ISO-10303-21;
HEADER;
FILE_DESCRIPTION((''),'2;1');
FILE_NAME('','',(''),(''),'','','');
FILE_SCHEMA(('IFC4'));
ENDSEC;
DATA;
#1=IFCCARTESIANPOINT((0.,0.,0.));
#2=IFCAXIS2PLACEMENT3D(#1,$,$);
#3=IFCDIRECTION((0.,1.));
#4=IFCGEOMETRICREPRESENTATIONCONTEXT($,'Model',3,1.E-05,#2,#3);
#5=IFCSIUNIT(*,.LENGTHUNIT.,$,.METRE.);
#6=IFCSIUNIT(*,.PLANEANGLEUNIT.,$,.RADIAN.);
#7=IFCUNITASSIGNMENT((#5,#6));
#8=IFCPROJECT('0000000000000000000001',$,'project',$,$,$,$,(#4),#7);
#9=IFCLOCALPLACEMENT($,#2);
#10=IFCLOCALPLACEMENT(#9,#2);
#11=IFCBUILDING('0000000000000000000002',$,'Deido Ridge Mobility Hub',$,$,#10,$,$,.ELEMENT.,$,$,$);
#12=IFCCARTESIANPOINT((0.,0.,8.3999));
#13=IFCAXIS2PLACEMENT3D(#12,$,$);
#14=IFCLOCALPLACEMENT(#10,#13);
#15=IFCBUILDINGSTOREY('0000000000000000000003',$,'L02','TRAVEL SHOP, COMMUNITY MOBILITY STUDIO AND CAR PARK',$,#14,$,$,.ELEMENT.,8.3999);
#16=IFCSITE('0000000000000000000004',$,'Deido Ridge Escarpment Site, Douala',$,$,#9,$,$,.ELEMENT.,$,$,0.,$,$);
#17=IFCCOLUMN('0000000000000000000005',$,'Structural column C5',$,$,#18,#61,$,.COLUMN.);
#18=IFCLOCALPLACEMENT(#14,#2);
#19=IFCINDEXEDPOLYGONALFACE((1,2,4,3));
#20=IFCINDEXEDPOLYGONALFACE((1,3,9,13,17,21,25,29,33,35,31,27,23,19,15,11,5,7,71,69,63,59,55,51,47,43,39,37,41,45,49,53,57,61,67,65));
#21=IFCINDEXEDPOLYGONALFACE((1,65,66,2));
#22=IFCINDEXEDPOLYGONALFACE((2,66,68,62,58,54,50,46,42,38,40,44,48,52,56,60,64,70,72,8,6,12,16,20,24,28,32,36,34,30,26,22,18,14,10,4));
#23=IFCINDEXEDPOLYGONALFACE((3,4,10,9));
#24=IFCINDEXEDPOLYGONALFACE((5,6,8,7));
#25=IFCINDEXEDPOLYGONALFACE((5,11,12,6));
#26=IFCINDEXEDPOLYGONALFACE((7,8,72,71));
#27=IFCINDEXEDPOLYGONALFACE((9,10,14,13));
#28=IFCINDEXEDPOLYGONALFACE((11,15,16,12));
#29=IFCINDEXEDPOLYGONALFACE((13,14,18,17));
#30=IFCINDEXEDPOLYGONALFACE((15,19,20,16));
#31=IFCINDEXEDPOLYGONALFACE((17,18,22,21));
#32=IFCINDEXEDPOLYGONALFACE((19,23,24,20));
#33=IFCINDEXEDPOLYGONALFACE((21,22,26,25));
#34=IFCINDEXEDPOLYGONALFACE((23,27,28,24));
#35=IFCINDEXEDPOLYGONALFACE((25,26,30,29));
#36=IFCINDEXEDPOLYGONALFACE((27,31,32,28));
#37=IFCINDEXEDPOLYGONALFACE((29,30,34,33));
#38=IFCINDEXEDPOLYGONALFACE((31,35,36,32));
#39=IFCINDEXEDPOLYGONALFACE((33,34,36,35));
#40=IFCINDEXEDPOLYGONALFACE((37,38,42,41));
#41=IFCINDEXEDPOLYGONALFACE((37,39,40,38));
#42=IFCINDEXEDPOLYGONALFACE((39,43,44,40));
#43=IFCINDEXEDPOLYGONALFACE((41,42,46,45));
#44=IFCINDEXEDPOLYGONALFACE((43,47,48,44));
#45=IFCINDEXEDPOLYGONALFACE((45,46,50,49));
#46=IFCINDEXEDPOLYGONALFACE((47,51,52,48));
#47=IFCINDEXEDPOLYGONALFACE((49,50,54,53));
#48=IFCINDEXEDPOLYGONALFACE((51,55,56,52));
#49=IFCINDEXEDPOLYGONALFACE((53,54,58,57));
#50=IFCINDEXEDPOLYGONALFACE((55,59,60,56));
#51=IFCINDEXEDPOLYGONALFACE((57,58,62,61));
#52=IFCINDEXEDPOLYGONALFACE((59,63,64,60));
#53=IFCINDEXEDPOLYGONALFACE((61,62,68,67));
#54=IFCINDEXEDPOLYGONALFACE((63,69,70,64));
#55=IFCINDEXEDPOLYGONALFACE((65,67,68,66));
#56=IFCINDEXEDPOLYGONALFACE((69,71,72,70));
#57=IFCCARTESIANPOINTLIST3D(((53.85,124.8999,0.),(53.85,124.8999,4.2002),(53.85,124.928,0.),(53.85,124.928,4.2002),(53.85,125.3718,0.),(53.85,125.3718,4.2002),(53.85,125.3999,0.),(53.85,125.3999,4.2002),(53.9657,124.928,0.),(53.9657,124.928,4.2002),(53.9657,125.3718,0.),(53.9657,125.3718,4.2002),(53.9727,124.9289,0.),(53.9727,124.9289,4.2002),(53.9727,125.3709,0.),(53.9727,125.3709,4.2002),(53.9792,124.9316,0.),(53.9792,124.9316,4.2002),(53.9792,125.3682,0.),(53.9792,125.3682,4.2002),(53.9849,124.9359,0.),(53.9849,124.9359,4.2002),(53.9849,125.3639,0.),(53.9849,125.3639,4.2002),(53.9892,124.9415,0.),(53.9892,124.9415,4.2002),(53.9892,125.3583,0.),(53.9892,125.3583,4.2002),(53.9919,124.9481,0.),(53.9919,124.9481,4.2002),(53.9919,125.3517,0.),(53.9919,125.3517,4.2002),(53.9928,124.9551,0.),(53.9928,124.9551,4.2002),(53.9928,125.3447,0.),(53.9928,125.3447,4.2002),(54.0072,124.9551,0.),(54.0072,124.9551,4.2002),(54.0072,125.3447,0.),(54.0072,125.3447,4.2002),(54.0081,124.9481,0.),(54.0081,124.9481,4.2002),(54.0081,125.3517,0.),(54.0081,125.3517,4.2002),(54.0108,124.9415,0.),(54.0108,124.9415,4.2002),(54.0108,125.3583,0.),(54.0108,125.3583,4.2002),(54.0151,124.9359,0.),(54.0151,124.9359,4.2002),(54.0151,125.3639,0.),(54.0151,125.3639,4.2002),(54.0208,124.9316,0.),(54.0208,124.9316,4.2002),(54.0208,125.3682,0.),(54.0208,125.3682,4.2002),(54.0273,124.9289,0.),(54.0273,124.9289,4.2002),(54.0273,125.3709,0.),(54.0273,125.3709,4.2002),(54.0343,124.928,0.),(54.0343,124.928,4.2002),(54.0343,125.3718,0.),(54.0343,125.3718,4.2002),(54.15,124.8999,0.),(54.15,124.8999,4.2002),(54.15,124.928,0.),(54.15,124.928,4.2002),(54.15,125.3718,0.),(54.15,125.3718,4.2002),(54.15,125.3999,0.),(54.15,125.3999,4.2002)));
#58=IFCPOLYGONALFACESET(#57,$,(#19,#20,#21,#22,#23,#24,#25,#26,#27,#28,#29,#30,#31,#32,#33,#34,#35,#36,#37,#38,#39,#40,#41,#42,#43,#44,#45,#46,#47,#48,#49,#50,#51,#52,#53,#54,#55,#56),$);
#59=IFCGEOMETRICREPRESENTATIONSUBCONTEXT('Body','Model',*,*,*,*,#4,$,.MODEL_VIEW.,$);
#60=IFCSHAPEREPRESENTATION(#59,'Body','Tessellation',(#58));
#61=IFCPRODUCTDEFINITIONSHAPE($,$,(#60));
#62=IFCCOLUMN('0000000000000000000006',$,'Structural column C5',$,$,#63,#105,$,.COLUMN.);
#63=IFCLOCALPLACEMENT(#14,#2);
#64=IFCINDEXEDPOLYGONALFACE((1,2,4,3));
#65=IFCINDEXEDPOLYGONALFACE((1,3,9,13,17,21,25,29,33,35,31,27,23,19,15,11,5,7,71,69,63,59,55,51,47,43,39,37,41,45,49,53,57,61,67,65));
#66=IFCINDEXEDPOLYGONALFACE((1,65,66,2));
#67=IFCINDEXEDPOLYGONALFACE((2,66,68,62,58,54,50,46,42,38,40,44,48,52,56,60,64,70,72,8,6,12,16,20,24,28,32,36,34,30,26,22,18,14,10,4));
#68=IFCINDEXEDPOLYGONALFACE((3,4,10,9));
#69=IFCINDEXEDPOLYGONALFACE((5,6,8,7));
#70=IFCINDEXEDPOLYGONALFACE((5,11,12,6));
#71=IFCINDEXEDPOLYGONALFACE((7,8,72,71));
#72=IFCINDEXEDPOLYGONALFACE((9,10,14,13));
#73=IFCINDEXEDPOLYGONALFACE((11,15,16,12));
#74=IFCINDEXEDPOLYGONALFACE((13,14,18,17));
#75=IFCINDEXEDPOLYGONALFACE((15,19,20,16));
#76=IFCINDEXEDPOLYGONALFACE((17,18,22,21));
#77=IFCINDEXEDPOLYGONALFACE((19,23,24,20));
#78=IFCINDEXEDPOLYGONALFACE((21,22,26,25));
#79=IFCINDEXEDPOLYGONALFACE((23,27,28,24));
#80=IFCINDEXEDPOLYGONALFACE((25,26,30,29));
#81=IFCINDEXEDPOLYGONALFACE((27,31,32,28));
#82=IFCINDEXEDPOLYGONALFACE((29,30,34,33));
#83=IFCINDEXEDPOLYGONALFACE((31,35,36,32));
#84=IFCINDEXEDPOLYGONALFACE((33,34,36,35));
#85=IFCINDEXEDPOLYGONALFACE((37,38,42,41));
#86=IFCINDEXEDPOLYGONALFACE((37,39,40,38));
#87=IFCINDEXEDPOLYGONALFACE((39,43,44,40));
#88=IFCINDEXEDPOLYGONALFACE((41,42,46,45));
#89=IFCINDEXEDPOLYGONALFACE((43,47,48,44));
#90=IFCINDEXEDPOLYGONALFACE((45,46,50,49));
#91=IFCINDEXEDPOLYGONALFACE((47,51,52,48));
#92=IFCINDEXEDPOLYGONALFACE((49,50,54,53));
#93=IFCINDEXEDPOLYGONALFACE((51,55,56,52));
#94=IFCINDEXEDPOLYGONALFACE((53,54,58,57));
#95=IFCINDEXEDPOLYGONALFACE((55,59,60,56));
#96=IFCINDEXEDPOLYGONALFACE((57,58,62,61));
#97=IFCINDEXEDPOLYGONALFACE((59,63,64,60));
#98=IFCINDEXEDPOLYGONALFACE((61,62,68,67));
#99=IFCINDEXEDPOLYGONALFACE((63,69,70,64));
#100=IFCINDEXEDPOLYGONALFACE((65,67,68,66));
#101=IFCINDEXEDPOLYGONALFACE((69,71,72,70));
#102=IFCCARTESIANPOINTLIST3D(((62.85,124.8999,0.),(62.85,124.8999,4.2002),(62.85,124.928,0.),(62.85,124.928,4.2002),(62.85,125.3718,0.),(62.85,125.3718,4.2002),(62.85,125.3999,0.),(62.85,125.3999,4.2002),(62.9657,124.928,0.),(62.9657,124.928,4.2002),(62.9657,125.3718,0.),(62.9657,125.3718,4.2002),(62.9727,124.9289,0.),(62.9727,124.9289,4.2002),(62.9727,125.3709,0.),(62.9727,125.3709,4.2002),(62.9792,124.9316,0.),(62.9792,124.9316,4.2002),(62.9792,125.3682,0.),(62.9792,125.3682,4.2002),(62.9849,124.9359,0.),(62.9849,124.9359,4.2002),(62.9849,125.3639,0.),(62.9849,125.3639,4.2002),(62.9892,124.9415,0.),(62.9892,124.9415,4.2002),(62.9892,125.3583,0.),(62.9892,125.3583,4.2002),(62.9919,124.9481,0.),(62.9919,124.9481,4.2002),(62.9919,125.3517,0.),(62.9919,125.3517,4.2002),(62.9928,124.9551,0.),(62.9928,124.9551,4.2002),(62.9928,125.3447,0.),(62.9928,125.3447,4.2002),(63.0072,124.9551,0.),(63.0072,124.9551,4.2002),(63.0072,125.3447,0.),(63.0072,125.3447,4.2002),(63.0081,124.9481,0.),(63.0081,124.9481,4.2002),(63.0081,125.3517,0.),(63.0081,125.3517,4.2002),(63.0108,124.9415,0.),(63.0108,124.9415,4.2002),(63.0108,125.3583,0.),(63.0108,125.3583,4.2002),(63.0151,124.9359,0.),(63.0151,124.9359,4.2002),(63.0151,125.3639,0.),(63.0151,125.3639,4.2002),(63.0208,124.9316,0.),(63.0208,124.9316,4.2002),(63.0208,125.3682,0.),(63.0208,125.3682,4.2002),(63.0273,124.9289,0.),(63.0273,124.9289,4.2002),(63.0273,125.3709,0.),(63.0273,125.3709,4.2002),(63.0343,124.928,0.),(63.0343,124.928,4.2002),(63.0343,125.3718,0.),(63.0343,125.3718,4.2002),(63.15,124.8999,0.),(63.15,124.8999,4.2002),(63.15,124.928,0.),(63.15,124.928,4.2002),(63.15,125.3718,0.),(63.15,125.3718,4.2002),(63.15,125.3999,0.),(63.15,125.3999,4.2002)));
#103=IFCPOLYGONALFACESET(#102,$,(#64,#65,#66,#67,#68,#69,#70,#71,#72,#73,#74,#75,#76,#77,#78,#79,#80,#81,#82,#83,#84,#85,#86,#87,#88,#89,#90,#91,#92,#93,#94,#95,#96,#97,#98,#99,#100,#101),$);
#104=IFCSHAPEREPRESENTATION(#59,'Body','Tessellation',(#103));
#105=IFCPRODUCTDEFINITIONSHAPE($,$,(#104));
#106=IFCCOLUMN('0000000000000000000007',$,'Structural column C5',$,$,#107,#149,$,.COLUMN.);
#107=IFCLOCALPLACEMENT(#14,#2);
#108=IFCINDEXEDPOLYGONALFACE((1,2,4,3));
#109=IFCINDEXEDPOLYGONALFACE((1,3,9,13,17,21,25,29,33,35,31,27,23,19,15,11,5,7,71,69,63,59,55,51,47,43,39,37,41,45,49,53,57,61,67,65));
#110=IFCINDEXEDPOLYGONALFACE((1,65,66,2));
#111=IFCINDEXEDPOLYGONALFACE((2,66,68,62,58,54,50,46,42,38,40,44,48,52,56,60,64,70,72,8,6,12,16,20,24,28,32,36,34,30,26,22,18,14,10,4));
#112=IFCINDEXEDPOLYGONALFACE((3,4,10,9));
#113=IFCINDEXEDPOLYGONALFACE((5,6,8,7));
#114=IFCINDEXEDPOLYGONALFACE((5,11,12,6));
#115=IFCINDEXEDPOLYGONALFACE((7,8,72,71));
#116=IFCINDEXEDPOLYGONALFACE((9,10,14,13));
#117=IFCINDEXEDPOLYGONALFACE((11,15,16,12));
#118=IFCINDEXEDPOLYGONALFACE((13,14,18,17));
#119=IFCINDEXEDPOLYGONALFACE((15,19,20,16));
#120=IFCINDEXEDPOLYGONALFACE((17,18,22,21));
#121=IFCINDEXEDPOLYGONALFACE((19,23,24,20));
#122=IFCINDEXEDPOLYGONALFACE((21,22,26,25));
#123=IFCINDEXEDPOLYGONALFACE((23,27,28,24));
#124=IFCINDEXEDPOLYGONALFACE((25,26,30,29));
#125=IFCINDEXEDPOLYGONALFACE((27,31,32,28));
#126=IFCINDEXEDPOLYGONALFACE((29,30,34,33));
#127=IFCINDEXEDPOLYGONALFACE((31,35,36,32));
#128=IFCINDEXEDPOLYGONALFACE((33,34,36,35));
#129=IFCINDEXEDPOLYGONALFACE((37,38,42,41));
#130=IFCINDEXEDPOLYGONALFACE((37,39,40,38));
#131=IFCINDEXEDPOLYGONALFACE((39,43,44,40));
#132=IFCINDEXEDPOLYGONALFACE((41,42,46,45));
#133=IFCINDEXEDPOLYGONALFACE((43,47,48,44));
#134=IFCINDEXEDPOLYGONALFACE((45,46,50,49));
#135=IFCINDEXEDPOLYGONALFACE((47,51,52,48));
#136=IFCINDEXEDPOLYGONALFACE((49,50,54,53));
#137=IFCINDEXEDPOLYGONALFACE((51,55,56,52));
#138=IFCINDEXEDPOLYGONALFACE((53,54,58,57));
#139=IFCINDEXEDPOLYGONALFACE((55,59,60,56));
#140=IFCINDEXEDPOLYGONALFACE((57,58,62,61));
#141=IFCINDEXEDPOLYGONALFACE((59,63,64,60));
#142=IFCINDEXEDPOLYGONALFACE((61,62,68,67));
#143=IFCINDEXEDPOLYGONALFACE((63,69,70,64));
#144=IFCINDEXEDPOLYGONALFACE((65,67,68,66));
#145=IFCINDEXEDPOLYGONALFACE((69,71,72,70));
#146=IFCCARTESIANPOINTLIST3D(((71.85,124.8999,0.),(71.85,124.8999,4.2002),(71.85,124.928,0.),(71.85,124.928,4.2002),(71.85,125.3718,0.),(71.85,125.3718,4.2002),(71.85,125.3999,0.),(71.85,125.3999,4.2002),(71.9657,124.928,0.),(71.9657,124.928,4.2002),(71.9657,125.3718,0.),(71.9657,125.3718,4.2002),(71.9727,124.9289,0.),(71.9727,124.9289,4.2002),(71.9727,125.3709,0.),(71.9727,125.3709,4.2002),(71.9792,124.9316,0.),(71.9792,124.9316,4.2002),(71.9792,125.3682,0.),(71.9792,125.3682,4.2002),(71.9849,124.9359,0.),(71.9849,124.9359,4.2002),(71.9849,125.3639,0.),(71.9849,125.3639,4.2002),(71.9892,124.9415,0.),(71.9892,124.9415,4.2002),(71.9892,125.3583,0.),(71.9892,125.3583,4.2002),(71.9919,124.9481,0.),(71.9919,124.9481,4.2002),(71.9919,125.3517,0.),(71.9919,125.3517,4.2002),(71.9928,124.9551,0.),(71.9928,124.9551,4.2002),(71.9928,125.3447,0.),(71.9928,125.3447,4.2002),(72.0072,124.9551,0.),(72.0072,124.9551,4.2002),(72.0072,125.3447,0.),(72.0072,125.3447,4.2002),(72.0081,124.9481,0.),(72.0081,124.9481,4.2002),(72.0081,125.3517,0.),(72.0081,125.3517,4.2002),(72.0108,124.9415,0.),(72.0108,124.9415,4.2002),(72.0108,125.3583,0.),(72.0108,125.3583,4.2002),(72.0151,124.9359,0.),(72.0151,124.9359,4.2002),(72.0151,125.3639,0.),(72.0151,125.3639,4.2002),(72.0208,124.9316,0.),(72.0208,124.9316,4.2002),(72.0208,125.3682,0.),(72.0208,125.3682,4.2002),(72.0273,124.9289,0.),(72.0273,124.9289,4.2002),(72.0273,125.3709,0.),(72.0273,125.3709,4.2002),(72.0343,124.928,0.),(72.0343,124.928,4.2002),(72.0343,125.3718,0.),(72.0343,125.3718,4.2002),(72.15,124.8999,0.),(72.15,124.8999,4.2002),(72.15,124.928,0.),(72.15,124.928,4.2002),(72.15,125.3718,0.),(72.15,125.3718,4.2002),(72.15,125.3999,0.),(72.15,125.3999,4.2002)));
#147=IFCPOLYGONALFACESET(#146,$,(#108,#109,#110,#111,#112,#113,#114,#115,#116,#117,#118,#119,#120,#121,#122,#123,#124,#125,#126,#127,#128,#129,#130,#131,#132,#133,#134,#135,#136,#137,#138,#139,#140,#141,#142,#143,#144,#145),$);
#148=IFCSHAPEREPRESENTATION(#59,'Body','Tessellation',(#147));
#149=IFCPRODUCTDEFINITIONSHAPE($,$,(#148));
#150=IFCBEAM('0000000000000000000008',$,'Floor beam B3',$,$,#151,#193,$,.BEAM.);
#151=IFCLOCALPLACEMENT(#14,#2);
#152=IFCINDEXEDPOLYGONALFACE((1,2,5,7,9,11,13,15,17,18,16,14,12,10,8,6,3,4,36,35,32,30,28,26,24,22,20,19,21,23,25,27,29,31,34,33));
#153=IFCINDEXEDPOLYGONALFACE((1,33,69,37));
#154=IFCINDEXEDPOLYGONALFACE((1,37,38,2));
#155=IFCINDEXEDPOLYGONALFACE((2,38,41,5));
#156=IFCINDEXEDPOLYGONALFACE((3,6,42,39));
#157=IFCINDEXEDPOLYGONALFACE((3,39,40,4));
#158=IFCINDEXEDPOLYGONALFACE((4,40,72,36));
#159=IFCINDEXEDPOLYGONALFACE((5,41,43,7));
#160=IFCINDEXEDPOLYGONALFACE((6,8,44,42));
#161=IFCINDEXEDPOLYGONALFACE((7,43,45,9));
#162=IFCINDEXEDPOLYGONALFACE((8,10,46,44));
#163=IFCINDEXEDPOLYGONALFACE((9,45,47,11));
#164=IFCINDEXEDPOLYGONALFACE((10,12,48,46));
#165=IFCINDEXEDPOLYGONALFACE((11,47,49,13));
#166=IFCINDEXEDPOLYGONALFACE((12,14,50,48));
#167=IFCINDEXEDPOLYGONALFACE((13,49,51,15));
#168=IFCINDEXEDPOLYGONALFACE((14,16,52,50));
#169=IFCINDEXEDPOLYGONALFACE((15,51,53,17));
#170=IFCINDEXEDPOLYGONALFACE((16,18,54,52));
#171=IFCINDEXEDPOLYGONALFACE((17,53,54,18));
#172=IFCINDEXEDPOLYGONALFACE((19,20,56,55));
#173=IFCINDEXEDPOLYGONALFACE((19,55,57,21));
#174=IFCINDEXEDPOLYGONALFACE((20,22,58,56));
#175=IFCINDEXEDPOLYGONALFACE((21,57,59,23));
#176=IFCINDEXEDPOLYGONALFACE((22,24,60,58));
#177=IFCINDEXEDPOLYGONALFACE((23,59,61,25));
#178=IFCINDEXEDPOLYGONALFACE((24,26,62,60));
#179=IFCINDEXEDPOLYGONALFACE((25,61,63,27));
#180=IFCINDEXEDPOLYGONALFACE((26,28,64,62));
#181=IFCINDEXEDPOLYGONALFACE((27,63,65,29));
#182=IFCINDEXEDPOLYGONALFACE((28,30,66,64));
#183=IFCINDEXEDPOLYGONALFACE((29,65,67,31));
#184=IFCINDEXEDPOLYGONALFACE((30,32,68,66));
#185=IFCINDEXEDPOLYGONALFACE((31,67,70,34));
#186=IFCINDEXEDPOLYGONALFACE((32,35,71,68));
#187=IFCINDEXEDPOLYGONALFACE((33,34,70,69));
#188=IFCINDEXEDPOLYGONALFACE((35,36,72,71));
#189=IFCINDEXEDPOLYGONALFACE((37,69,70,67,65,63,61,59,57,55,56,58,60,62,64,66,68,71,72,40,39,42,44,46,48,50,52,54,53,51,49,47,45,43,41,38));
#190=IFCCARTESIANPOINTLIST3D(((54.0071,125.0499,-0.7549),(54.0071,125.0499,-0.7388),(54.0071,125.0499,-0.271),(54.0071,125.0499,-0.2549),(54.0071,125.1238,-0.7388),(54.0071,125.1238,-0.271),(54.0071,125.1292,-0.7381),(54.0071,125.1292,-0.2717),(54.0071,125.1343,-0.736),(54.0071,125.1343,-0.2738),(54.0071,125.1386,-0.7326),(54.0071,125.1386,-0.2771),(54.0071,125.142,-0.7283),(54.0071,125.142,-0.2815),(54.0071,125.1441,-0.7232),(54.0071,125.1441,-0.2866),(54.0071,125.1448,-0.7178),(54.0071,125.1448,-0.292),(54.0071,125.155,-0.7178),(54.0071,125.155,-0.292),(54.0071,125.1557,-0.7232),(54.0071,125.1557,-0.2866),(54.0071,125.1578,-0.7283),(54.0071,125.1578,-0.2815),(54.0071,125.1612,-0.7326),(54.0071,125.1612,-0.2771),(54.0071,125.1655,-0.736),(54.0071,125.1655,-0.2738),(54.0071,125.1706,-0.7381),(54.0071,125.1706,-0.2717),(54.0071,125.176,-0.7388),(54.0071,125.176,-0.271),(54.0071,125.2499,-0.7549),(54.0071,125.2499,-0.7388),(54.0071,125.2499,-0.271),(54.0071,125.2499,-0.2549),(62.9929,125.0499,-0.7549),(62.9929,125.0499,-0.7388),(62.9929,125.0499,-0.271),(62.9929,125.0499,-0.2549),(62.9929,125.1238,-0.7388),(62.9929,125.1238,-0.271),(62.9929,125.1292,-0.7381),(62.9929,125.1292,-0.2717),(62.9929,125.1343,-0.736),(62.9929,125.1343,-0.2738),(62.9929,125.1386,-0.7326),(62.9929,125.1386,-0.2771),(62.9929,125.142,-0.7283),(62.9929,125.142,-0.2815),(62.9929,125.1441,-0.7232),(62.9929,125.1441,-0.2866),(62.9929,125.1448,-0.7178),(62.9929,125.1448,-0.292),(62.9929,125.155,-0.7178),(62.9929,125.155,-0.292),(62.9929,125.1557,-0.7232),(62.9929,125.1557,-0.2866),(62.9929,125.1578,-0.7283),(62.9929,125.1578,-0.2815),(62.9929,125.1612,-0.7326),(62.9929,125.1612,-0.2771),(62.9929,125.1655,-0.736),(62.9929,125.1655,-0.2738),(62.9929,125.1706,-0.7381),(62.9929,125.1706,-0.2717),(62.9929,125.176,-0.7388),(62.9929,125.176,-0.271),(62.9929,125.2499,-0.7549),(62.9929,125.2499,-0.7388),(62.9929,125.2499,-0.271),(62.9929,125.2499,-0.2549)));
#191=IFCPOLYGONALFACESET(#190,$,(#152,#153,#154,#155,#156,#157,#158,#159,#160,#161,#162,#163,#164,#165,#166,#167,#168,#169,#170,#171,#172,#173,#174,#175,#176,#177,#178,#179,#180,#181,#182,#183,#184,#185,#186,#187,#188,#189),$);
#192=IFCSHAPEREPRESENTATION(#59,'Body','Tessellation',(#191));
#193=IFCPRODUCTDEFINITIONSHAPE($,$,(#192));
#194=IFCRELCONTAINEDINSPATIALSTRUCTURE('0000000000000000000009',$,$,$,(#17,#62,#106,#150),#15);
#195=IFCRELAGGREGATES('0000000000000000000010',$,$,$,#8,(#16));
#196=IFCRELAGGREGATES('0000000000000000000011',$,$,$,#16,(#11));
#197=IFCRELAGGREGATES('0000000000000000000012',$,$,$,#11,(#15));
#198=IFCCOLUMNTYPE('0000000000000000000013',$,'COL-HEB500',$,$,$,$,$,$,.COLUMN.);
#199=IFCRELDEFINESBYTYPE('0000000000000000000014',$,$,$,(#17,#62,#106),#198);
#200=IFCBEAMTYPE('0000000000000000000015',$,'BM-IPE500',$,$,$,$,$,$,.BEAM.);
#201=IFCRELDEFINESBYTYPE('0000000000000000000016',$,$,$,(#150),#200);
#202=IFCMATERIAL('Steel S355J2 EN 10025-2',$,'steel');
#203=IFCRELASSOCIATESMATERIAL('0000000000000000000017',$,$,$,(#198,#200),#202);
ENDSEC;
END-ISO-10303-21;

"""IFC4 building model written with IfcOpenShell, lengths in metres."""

from ifc_helpers import new_model, si_unit, direction, frame, origin, origin_2d, place, context, subcontext, project, spatial, i_section, extrude, material, material_profile, profile_set, type_object, element, save


model = new_model("IFC4")

# Units and contexts
model_context = context("Model", 3, precision=1e-05, world=origin(), true_north=direction((0.0, 1.0)))
body_context = subcontext(model_context, "Body", "Model", "MODEL_VIEW")
ifc_project = project(units=[si_unit("LENGTHUNIT", "METRE"), si_unit("PLANEANGLEUNIT", "RADIAN")], contexts=[model_context])

# Site, building, storey
site_placement = place(None, origin())
site = spatial("IfcSite", under=ifc_project, at=site_placement, Name="Deido Ridge Escarpment Site, Douala", CompositionType="ELEMENT", RefElevation=0.0)
building_placement = place(site_placement, origin())
building = spatial("IfcBuilding", under=site, at=building_placement, Name="Deido Ridge Mobility Hub", CompositionType="ELEMENT")
storey_placement = place(building_placement, frame((0.0, 0.0, 8.3999)))
storey = spatial("IfcBuildingStorey", under=building, at=storey_placement, Name="L02", Description="TRAVEL SHOP, COMMUNITY MOBILITY STUDIO AND CAR PARK", CompositionType="ELEMENT", Elevation=8.3999)

# Columns
ifc_material_1 = material(Name="Steel S355J2 EN 10025-2", Category="steel")
ifc_material_profile_1 = material_profile(ifc_material_1, i_section(OverallWidth=0.3, OverallDepth=0.5, WebThickness=0.0144, FlangeThickness=0.0281, FilletRadius=0.0271, at=origin_2d()), Name="HEB 500")
ifc_profile_set_1 = profile_set([ifc_material_profile_1], Name="Steel S355J2 EN 10025-2")
column_type = type_object("IfcColumnType", Name="COL-HEB500", PredefinedType="COLUMN", material=ifc_profile_set_1)
for number, where, z_axis, x_axis, name in (
    (1, (54.0, 125.1499, 0.0), (0.0, 0.0, 1.0), (1.0, 0.0, 0.0), "Structural column C5"),
    (2, (63.0, 125.1499, 0.0), (0.0, 0.0, 1.0), (1.0, 0.0, 0.0), "Structural column C5"),
    (3, (72.0, 125.1499, 0.0), (0.0, 0.0, 1.0), (1.0, 0.0, 0.0), "Structural column C5"),
):
    element("IfcColumn", number, at=place(storey_placement, frame(where, z_axis=z_axis, x_axis=x_axis)), inside=storey, type_object=column_type, Name=name, PredefinedType="COLUMN", context=body_context, shape_type="SweptSolid", body=[
        extrude(i_section(OverallWidth=0.3, OverallDepth=0.5, WebThickness=0.0144, FlangeThickness=0.0281, FilletRadius=0.0271, at=origin_2d()), origin(), (0.0, 0.0, 1.0), 4.2002),
    ])

# Beam
ifc_material_profile_2 = material_profile(ifc_material_1, i_section(OverallWidth=0.2, OverallDepth=0.5, WebThickness=0.0103, FlangeThickness=0.0161, FilletRadius=0.021, at=origin_2d()), Name="IPE 500")
ifc_profile_set_2 = profile_set([ifc_material_profile_2], Name="Steel S355J2 EN 10025-2")
beam_type = type_object("IfcBeamType", Name="BM-IPE500", PredefinedType="BEAM", material=ifc_profile_set_2)
for number, where, z_axis, x_axis, name in (
    (4, (54.0071, 125.1499, -0.5049), (1.0, 0.0, 0.0), (0.0, 1.0, 0.0), "Floor beam B3"),
):
    element("IfcBeam", number, at=place(storey_placement, frame(where, z_axis=z_axis, x_axis=x_axis)), inside=storey, type_object=beam_type, Name=name, PredefinedType="BEAM", context=body_context, shape_type="SweptSolid", body=[
        extrude(i_section(OverallWidth=0.2, OverallDepth=0.5, WebThickness=0.0103, FlangeThickness=0.0161, FilletRadius=0.021, at=origin_2d()), origin(), (0.0, 0.0, 1.0), 8.9858),
    ])

save(model, "model.ifc")
